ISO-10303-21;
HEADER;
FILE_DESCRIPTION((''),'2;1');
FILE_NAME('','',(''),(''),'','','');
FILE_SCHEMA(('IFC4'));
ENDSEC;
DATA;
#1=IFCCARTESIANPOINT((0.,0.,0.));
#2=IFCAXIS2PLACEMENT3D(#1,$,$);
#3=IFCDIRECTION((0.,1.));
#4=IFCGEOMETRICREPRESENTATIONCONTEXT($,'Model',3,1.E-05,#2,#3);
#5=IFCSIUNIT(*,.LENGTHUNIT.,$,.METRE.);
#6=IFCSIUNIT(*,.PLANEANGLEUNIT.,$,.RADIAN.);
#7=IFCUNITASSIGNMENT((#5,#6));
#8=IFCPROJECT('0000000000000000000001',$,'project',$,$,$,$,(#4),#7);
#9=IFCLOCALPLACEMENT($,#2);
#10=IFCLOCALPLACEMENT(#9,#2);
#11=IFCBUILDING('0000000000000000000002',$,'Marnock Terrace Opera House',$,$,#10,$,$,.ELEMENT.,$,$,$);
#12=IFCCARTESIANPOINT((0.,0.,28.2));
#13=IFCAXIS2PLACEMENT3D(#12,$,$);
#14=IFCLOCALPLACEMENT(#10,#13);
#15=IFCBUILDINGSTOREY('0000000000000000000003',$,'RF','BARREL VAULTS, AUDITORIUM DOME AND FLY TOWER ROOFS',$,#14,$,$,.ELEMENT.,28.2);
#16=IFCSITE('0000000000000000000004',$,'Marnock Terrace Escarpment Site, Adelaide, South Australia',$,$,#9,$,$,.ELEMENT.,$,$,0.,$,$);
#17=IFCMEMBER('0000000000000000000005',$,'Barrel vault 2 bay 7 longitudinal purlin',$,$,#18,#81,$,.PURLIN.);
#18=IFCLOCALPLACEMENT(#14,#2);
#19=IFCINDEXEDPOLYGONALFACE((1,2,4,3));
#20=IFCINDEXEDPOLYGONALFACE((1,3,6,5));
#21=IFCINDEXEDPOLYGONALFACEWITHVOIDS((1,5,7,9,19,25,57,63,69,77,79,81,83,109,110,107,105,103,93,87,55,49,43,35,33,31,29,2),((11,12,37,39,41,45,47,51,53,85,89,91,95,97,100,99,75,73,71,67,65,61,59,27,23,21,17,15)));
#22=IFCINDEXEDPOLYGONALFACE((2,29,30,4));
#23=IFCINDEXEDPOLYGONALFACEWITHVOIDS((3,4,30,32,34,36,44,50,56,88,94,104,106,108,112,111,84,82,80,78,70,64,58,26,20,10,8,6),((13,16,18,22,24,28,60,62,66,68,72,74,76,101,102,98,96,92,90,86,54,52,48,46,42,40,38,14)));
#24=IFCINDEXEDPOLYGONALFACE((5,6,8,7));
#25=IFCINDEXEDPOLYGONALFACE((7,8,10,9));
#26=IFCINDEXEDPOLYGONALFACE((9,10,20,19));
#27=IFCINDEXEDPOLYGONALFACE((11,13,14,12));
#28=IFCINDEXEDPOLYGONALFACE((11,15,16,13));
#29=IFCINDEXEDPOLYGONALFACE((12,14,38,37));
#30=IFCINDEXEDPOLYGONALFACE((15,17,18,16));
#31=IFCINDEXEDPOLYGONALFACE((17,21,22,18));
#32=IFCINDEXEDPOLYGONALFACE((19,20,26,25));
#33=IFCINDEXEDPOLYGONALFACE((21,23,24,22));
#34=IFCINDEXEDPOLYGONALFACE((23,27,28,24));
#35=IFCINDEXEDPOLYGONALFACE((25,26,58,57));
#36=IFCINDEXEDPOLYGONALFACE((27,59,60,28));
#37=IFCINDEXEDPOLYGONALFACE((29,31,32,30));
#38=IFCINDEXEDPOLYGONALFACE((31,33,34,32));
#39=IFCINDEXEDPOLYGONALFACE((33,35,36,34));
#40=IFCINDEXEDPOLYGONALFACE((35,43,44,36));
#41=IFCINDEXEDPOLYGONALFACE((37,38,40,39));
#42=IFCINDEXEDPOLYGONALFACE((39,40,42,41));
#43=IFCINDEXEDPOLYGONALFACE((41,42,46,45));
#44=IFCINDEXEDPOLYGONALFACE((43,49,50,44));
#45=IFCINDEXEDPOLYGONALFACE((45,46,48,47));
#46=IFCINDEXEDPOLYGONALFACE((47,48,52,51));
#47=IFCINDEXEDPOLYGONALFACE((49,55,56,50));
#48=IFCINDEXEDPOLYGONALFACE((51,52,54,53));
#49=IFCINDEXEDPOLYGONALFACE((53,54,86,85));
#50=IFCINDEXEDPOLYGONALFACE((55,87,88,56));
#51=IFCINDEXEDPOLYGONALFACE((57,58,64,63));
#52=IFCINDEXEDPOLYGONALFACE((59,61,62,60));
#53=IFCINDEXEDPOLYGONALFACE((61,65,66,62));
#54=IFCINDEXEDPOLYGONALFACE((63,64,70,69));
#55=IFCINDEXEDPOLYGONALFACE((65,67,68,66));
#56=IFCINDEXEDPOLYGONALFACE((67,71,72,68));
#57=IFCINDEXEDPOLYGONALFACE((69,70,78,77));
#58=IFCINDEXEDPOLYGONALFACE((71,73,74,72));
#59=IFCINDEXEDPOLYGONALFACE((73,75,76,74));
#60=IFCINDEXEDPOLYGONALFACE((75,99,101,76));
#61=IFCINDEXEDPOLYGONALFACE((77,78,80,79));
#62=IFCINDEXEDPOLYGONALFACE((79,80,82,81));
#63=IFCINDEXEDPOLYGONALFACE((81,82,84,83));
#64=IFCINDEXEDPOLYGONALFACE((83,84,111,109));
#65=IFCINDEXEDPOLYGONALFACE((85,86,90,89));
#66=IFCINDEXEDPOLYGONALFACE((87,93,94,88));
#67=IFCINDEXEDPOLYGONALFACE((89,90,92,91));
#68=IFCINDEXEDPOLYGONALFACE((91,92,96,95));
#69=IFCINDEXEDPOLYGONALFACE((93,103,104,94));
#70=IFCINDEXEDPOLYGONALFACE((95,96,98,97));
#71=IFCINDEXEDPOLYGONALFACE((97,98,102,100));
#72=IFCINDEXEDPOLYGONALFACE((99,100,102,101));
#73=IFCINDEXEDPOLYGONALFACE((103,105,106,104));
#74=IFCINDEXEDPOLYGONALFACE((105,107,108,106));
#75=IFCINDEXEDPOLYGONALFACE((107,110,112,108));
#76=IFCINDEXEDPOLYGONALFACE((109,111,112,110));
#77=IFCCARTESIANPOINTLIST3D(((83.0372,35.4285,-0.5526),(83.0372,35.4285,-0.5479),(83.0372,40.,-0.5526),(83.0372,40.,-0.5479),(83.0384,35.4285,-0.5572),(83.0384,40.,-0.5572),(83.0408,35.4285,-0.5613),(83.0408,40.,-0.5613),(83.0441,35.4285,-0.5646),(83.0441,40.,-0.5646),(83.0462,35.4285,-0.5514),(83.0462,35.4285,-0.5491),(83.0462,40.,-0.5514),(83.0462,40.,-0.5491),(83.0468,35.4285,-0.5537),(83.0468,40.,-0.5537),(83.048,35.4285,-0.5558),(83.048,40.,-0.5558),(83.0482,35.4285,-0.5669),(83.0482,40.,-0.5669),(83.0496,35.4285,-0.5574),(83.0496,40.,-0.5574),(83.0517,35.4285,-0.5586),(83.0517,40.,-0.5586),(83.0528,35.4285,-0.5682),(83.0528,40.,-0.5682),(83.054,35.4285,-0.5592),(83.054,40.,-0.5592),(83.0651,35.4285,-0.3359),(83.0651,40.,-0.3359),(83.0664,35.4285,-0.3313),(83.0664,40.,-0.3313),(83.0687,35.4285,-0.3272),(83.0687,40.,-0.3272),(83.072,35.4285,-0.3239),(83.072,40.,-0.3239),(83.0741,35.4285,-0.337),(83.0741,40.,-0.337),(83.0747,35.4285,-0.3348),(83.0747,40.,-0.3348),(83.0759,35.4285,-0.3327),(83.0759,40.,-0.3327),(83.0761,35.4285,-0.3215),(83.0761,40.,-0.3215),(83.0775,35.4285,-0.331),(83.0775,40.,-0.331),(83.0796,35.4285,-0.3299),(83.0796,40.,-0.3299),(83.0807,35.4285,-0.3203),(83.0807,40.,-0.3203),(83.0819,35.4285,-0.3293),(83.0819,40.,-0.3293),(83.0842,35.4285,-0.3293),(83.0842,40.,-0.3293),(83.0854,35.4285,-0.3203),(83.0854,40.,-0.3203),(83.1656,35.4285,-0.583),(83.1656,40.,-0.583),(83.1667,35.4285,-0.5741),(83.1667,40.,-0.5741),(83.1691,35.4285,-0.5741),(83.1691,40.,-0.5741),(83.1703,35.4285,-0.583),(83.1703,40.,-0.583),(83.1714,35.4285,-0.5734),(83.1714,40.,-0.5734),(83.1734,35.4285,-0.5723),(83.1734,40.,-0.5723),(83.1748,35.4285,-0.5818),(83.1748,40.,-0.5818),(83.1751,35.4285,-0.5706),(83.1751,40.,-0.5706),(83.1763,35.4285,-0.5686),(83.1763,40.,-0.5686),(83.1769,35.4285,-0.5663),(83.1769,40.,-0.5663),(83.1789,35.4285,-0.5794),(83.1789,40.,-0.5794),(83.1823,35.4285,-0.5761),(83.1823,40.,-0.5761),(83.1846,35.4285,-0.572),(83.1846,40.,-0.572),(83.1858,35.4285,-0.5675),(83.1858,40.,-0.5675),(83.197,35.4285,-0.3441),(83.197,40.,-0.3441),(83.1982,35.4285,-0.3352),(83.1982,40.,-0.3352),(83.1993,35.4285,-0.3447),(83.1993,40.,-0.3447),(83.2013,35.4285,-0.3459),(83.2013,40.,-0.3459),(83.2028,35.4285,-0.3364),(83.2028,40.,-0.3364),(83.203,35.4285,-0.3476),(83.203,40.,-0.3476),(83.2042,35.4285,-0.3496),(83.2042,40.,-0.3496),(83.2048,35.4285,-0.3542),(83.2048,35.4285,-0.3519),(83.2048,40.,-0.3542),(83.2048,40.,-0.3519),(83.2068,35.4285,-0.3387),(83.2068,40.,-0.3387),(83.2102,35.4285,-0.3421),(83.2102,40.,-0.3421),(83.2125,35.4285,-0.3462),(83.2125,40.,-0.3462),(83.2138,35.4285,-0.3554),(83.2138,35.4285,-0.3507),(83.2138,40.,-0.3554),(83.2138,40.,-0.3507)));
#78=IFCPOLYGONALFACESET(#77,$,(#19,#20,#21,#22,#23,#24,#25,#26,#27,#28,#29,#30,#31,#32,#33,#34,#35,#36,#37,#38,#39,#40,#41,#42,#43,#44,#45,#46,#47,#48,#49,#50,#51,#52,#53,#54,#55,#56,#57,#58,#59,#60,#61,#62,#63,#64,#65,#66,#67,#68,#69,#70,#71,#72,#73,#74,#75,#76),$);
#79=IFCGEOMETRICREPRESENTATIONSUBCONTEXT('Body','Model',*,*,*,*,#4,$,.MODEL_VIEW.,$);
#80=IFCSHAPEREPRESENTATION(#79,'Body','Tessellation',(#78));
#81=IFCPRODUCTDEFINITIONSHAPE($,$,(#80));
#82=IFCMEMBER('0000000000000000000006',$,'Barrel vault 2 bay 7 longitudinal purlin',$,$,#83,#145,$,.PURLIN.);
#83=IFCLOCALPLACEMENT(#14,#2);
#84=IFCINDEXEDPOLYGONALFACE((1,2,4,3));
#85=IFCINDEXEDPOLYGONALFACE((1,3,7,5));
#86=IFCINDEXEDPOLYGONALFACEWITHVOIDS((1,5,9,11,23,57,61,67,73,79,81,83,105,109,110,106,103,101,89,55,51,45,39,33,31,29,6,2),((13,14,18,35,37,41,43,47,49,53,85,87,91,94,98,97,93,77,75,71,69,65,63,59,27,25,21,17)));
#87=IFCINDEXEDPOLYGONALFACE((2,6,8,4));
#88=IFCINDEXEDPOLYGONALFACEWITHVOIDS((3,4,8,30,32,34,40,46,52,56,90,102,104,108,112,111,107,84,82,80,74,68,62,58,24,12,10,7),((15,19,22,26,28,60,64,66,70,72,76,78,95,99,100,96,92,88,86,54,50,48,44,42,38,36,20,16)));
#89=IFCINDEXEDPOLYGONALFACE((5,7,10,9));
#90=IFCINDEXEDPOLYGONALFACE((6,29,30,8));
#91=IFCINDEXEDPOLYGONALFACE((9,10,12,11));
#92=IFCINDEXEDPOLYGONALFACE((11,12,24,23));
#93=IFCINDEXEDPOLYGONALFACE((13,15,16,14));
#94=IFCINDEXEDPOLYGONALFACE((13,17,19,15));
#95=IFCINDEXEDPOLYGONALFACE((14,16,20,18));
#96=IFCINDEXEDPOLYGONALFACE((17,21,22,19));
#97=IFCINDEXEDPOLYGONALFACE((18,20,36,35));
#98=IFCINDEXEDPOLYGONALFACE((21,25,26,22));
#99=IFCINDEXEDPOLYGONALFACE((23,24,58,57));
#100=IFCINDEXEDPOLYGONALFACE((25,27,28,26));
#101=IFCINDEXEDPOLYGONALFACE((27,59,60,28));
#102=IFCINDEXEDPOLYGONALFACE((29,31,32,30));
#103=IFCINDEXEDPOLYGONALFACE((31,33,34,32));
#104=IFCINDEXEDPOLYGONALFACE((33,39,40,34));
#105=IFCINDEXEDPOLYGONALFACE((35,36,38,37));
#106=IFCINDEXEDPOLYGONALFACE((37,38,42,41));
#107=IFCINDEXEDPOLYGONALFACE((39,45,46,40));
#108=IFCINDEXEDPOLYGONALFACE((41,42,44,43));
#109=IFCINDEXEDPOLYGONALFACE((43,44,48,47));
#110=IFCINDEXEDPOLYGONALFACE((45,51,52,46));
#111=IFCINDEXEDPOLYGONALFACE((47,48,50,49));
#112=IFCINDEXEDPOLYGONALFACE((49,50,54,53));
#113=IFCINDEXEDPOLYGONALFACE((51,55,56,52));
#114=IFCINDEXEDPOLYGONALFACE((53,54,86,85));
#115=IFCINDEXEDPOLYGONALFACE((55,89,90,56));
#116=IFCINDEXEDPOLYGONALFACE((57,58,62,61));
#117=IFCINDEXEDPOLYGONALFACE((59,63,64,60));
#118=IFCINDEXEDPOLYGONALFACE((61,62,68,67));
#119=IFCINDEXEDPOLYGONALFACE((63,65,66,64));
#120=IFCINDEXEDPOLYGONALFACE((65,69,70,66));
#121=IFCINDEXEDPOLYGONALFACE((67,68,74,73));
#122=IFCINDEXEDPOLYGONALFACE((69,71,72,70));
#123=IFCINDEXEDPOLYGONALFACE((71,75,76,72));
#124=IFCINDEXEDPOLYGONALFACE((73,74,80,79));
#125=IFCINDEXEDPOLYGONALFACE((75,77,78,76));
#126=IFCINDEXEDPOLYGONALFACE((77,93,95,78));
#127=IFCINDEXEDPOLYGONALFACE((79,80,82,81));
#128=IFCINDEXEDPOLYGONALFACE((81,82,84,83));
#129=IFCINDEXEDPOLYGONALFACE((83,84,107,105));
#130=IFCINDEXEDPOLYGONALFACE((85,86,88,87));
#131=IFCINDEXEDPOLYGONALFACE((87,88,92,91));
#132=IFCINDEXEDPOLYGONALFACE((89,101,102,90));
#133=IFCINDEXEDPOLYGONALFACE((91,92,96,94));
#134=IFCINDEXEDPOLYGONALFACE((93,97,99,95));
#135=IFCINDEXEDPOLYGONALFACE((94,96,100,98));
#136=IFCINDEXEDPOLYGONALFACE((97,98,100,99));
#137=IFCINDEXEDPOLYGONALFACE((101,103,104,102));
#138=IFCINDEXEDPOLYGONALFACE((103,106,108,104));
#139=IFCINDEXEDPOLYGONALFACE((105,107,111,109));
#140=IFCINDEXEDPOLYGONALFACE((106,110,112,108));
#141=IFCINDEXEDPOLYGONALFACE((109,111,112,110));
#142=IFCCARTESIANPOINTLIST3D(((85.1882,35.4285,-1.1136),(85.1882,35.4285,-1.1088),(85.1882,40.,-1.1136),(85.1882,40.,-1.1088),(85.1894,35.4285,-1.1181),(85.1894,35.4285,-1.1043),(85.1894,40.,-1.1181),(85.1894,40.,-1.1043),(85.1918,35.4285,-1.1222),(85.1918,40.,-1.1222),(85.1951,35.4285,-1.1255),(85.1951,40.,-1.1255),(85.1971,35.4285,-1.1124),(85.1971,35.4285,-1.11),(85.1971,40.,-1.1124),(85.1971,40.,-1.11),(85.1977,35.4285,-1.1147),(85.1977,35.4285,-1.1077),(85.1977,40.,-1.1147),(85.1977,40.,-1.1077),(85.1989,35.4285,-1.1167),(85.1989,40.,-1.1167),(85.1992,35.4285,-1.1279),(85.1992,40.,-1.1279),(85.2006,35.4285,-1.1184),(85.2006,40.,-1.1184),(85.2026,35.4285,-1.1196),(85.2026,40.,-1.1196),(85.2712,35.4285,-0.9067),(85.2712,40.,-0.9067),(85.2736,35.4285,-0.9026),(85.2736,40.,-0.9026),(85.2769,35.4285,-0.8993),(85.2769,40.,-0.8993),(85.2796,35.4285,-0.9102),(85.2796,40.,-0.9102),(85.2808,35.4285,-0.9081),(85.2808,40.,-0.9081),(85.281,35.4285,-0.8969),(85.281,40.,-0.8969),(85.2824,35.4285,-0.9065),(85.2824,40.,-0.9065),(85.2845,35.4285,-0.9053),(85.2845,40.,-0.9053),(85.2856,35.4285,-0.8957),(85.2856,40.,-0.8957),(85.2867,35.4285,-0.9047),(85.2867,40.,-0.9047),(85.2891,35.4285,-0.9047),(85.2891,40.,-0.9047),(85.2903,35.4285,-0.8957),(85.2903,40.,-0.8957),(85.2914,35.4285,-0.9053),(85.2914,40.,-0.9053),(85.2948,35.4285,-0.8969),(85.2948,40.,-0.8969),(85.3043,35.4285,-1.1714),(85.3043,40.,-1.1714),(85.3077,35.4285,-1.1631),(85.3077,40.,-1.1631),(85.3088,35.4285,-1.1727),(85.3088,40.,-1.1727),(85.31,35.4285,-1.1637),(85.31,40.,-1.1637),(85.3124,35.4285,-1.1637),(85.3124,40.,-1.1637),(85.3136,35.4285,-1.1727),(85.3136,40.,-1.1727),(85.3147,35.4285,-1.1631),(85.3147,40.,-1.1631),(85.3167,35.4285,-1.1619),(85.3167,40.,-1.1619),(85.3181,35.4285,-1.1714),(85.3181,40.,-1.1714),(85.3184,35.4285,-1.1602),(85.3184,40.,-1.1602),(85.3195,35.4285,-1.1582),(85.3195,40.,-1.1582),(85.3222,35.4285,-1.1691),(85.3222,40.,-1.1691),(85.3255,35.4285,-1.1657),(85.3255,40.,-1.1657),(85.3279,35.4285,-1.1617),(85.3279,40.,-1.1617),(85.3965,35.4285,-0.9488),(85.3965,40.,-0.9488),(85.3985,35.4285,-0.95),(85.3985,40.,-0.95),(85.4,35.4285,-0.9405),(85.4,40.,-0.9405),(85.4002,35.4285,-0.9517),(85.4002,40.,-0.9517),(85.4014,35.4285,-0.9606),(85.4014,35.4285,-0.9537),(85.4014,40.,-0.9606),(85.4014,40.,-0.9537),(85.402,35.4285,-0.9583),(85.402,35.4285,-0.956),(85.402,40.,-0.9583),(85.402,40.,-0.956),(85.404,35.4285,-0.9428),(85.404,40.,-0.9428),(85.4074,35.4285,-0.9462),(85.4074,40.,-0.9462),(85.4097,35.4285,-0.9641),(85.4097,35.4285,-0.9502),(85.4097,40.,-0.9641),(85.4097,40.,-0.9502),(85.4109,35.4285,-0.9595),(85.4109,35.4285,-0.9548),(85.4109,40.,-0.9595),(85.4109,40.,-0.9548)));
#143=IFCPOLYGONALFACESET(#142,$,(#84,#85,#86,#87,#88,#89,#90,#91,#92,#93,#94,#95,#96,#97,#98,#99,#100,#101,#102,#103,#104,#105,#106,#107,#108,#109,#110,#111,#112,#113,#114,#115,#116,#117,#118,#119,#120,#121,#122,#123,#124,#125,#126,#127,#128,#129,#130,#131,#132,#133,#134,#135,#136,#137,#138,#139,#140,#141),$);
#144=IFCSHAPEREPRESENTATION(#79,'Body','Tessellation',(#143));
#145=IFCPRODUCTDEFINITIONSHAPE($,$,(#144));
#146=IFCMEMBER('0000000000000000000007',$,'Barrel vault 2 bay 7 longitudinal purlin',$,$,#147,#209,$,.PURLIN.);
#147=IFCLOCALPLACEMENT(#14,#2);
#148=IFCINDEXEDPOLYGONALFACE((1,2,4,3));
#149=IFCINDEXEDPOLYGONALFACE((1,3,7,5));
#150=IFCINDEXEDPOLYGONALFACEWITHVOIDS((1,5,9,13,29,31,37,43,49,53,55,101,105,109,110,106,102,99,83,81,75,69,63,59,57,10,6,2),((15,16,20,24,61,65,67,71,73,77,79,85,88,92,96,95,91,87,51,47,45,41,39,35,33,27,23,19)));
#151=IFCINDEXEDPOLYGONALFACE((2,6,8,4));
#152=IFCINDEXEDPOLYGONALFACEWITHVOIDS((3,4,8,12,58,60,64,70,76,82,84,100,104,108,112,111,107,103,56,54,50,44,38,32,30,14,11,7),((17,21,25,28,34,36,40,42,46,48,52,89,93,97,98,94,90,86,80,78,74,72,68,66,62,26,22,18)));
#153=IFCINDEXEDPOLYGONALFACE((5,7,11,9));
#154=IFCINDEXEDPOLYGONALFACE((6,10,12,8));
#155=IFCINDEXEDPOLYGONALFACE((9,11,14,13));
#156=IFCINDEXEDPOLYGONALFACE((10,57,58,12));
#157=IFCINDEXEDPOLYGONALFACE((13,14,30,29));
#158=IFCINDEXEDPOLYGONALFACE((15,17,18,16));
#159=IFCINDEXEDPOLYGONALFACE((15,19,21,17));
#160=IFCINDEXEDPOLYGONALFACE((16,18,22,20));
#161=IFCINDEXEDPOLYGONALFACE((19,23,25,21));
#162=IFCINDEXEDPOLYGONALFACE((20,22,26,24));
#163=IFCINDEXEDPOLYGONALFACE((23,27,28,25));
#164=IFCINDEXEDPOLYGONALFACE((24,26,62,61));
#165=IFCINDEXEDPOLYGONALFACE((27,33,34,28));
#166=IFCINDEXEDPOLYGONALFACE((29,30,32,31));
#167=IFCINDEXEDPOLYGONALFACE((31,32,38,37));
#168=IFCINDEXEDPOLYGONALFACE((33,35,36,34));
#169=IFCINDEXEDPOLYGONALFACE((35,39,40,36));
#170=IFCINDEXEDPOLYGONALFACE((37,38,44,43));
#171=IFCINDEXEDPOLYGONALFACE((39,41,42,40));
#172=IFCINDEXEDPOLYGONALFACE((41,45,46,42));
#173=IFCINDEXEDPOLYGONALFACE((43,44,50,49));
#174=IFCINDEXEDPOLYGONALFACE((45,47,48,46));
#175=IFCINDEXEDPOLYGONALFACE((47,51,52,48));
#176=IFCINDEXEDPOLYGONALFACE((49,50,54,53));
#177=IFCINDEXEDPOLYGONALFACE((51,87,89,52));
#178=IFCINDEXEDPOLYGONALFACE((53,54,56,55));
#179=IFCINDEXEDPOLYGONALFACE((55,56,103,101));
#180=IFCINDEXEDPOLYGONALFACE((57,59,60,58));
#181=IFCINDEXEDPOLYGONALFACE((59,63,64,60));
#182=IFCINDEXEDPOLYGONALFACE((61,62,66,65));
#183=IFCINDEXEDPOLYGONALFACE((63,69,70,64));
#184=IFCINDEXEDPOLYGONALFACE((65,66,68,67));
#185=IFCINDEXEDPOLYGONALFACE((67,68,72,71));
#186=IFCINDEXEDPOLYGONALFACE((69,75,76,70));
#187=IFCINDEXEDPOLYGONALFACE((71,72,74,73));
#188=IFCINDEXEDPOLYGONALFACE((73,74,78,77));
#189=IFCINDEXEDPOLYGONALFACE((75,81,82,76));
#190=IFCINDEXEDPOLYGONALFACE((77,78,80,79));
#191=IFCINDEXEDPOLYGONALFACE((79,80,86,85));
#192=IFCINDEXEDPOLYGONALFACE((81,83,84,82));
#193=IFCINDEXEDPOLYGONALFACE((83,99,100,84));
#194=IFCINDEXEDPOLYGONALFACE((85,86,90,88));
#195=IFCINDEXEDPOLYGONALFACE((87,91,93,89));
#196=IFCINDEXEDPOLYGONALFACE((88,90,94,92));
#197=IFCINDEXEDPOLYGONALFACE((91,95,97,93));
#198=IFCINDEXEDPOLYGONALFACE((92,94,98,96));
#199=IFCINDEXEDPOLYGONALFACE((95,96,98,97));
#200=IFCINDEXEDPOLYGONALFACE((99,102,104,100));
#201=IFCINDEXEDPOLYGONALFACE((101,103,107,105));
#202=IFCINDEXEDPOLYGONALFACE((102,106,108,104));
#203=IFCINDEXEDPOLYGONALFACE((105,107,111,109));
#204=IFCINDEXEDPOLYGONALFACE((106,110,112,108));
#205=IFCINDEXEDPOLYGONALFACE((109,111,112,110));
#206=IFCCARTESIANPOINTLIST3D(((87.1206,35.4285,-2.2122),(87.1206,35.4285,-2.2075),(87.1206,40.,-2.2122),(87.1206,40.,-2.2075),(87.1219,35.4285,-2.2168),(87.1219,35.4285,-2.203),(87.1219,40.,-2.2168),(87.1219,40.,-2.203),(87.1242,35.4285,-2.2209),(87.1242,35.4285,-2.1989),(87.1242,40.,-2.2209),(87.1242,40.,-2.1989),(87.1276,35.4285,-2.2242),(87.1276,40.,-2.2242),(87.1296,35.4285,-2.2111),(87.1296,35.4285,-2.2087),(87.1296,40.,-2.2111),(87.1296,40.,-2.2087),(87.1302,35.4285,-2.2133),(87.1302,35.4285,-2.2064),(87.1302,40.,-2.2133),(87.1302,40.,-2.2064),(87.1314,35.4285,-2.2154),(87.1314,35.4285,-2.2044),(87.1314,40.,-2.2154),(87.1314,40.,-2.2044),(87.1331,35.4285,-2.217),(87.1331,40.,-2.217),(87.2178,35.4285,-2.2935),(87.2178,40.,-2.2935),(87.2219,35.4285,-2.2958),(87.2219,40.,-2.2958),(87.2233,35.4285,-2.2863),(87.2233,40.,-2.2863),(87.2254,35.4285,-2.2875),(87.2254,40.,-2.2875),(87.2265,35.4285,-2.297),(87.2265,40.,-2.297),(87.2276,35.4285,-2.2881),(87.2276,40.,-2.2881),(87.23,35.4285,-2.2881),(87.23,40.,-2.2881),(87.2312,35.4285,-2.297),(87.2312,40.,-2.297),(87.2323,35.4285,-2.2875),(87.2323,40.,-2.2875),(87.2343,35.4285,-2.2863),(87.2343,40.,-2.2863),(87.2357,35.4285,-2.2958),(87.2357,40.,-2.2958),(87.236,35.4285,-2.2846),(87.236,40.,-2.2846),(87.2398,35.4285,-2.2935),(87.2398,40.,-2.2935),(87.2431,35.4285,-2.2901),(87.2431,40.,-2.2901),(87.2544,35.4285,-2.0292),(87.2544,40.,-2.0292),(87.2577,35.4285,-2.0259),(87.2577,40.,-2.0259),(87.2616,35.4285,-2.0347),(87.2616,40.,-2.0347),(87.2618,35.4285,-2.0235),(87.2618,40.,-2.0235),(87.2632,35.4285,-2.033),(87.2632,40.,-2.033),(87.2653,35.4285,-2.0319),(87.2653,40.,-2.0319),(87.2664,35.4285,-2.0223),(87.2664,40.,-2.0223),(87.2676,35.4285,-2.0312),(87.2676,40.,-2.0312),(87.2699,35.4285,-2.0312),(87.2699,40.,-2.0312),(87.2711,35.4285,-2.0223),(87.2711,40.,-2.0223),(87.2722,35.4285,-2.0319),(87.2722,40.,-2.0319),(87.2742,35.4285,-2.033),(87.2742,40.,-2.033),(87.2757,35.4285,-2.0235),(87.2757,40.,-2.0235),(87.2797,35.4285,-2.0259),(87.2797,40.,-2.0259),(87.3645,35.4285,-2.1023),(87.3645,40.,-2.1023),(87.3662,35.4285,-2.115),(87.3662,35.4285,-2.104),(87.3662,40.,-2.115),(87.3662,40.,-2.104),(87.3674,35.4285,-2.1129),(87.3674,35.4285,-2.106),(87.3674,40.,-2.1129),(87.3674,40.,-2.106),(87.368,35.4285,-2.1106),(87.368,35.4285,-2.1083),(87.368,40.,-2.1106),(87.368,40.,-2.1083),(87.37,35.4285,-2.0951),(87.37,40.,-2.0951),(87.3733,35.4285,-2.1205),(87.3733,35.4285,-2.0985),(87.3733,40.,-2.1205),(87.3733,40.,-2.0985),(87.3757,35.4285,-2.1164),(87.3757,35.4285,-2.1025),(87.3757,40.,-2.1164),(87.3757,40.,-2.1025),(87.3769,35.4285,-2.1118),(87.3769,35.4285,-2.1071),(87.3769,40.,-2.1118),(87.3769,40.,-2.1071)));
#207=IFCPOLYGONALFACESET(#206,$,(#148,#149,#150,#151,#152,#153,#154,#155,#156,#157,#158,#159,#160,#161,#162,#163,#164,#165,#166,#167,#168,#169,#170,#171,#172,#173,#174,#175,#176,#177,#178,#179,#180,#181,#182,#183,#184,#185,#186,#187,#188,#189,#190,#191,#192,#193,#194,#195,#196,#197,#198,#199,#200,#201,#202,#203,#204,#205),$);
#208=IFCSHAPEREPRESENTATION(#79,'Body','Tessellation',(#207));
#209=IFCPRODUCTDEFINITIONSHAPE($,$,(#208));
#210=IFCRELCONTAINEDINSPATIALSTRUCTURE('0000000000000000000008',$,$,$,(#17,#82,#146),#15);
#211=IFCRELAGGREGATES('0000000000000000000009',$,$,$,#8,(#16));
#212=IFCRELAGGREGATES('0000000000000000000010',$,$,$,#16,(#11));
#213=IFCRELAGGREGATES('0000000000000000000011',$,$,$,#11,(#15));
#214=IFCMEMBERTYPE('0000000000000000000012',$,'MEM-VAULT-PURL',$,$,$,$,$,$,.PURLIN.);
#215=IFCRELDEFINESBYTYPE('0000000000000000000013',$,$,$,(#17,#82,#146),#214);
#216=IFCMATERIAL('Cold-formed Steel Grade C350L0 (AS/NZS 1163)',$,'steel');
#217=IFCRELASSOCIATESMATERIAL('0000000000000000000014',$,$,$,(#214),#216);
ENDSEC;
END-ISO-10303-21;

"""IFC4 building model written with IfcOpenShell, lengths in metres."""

from ifc_helpers import new_model, si_unit, direction, frame, origin, origin_2d, place, context, subcontext, project, spatial, hollow_rectangle, extrude, material, material_profile, profile_set, type_object, element, save


model = new_model("IFC4")

# Units and contexts
model_context = context("Model", 3, precision=1e-05, world=origin(), true_north=direction((0.0, 1.0)))
body_context = subcontext(model_context, "Body", "Model", "MODEL_VIEW")
ifc_project = project(units=[si_unit("LENGTHUNIT", "METRE"), si_unit("PLANEANGLEUNIT", "RADIAN")], contexts=[model_context])

# Site, building, storey
site_placement = place(None, origin())
site = spatial("IfcSite", under=ifc_project, at=site_placement, Name="Marnock Terrace Escarpment Site, Adelaide, South Australia", CompositionType="ELEMENT", RefElevation=0.0)
building_placement = place(site_placement, origin())
building = spatial("IfcBuilding", under=site, at=building_placement, Name="Marnock Terrace Opera House", CompositionType="ELEMENT")
storey_placement = place(building_placement, frame((0.0, 0.0, 28.2)))
storey = spatial("IfcBuildingStorey", under=building, at=storey_placement, Name="RF", Description="BARREL VAULTS, AUDITORIUM DOME AND FLY TOWER ROOFS", CompositionType="ELEMENT", Elevation=28.2)

# Members
ifc_material = material(Name="Cold-formed Steel Grade C350L0 (AS/NZS 1163)", Category="steel")
ifc_material_profile_1 = material_profile(ifc_material, hollow_rectangle(XDim=0.1499, YDim=0.25, WallThickness=0.009, InnerFilletRadius=0.009, OuterFilletRadius=0.0181, at=origin_2d()))
ifc_profile_set_1 = profile_set([ifc_material_profile_1], Name="Cold-formed Steel Grade C350L0 (AS/NZS 1163)")
member_type_1 = type_object("IfcMemberType", Name="MEM-VAULT-PURL", PredefinedType="PURLIN", material=ifc_profile_set_1)
for number, where, z_axis, x_axis, name in (
    (1, (83.1255, 35.4285, -0.4517), (0.0, 1.0, 0.0), (-0.991445, 0.0, 0.130526), "Barrel vault 2 bay 7 longitudinal purlin"),
    (2, (85.2996, 35.4285, -1.0342), (0.0, 1.0, 0.0), (-0.92388, 0.0, 0.382683), "Barrel vault 2 bay 7 longitudinal purlin"),
    (3, (87.2488, 35.4285, -2.1597), (0.0, 1.0, 0.0), (-0.793353, 0.0, 0.608761), "Barrel vault 2 bay 7 longitudinal purlin"),
):
    element("IfcMember", number, at=place(storey_placement, frame(where, z_axis=z_axis, x_axis=x_axis)), inside=storey, type_object=member_type_1, Name=name, PredefinedType="PURLIN", context=body_context, shape_type="SweptSolid", body=[
        extrude(hollow_rectangle(XDim=0.1499, YDim=0.25, WallThickness=0.009, InnerFilletRadius=0.009, OuterFilletRadius=0.0181, at=origin_2d()), origin(), (0.0, 0.0, 1.0), 4.5715),
    ])

save(model, "model.ifc")
